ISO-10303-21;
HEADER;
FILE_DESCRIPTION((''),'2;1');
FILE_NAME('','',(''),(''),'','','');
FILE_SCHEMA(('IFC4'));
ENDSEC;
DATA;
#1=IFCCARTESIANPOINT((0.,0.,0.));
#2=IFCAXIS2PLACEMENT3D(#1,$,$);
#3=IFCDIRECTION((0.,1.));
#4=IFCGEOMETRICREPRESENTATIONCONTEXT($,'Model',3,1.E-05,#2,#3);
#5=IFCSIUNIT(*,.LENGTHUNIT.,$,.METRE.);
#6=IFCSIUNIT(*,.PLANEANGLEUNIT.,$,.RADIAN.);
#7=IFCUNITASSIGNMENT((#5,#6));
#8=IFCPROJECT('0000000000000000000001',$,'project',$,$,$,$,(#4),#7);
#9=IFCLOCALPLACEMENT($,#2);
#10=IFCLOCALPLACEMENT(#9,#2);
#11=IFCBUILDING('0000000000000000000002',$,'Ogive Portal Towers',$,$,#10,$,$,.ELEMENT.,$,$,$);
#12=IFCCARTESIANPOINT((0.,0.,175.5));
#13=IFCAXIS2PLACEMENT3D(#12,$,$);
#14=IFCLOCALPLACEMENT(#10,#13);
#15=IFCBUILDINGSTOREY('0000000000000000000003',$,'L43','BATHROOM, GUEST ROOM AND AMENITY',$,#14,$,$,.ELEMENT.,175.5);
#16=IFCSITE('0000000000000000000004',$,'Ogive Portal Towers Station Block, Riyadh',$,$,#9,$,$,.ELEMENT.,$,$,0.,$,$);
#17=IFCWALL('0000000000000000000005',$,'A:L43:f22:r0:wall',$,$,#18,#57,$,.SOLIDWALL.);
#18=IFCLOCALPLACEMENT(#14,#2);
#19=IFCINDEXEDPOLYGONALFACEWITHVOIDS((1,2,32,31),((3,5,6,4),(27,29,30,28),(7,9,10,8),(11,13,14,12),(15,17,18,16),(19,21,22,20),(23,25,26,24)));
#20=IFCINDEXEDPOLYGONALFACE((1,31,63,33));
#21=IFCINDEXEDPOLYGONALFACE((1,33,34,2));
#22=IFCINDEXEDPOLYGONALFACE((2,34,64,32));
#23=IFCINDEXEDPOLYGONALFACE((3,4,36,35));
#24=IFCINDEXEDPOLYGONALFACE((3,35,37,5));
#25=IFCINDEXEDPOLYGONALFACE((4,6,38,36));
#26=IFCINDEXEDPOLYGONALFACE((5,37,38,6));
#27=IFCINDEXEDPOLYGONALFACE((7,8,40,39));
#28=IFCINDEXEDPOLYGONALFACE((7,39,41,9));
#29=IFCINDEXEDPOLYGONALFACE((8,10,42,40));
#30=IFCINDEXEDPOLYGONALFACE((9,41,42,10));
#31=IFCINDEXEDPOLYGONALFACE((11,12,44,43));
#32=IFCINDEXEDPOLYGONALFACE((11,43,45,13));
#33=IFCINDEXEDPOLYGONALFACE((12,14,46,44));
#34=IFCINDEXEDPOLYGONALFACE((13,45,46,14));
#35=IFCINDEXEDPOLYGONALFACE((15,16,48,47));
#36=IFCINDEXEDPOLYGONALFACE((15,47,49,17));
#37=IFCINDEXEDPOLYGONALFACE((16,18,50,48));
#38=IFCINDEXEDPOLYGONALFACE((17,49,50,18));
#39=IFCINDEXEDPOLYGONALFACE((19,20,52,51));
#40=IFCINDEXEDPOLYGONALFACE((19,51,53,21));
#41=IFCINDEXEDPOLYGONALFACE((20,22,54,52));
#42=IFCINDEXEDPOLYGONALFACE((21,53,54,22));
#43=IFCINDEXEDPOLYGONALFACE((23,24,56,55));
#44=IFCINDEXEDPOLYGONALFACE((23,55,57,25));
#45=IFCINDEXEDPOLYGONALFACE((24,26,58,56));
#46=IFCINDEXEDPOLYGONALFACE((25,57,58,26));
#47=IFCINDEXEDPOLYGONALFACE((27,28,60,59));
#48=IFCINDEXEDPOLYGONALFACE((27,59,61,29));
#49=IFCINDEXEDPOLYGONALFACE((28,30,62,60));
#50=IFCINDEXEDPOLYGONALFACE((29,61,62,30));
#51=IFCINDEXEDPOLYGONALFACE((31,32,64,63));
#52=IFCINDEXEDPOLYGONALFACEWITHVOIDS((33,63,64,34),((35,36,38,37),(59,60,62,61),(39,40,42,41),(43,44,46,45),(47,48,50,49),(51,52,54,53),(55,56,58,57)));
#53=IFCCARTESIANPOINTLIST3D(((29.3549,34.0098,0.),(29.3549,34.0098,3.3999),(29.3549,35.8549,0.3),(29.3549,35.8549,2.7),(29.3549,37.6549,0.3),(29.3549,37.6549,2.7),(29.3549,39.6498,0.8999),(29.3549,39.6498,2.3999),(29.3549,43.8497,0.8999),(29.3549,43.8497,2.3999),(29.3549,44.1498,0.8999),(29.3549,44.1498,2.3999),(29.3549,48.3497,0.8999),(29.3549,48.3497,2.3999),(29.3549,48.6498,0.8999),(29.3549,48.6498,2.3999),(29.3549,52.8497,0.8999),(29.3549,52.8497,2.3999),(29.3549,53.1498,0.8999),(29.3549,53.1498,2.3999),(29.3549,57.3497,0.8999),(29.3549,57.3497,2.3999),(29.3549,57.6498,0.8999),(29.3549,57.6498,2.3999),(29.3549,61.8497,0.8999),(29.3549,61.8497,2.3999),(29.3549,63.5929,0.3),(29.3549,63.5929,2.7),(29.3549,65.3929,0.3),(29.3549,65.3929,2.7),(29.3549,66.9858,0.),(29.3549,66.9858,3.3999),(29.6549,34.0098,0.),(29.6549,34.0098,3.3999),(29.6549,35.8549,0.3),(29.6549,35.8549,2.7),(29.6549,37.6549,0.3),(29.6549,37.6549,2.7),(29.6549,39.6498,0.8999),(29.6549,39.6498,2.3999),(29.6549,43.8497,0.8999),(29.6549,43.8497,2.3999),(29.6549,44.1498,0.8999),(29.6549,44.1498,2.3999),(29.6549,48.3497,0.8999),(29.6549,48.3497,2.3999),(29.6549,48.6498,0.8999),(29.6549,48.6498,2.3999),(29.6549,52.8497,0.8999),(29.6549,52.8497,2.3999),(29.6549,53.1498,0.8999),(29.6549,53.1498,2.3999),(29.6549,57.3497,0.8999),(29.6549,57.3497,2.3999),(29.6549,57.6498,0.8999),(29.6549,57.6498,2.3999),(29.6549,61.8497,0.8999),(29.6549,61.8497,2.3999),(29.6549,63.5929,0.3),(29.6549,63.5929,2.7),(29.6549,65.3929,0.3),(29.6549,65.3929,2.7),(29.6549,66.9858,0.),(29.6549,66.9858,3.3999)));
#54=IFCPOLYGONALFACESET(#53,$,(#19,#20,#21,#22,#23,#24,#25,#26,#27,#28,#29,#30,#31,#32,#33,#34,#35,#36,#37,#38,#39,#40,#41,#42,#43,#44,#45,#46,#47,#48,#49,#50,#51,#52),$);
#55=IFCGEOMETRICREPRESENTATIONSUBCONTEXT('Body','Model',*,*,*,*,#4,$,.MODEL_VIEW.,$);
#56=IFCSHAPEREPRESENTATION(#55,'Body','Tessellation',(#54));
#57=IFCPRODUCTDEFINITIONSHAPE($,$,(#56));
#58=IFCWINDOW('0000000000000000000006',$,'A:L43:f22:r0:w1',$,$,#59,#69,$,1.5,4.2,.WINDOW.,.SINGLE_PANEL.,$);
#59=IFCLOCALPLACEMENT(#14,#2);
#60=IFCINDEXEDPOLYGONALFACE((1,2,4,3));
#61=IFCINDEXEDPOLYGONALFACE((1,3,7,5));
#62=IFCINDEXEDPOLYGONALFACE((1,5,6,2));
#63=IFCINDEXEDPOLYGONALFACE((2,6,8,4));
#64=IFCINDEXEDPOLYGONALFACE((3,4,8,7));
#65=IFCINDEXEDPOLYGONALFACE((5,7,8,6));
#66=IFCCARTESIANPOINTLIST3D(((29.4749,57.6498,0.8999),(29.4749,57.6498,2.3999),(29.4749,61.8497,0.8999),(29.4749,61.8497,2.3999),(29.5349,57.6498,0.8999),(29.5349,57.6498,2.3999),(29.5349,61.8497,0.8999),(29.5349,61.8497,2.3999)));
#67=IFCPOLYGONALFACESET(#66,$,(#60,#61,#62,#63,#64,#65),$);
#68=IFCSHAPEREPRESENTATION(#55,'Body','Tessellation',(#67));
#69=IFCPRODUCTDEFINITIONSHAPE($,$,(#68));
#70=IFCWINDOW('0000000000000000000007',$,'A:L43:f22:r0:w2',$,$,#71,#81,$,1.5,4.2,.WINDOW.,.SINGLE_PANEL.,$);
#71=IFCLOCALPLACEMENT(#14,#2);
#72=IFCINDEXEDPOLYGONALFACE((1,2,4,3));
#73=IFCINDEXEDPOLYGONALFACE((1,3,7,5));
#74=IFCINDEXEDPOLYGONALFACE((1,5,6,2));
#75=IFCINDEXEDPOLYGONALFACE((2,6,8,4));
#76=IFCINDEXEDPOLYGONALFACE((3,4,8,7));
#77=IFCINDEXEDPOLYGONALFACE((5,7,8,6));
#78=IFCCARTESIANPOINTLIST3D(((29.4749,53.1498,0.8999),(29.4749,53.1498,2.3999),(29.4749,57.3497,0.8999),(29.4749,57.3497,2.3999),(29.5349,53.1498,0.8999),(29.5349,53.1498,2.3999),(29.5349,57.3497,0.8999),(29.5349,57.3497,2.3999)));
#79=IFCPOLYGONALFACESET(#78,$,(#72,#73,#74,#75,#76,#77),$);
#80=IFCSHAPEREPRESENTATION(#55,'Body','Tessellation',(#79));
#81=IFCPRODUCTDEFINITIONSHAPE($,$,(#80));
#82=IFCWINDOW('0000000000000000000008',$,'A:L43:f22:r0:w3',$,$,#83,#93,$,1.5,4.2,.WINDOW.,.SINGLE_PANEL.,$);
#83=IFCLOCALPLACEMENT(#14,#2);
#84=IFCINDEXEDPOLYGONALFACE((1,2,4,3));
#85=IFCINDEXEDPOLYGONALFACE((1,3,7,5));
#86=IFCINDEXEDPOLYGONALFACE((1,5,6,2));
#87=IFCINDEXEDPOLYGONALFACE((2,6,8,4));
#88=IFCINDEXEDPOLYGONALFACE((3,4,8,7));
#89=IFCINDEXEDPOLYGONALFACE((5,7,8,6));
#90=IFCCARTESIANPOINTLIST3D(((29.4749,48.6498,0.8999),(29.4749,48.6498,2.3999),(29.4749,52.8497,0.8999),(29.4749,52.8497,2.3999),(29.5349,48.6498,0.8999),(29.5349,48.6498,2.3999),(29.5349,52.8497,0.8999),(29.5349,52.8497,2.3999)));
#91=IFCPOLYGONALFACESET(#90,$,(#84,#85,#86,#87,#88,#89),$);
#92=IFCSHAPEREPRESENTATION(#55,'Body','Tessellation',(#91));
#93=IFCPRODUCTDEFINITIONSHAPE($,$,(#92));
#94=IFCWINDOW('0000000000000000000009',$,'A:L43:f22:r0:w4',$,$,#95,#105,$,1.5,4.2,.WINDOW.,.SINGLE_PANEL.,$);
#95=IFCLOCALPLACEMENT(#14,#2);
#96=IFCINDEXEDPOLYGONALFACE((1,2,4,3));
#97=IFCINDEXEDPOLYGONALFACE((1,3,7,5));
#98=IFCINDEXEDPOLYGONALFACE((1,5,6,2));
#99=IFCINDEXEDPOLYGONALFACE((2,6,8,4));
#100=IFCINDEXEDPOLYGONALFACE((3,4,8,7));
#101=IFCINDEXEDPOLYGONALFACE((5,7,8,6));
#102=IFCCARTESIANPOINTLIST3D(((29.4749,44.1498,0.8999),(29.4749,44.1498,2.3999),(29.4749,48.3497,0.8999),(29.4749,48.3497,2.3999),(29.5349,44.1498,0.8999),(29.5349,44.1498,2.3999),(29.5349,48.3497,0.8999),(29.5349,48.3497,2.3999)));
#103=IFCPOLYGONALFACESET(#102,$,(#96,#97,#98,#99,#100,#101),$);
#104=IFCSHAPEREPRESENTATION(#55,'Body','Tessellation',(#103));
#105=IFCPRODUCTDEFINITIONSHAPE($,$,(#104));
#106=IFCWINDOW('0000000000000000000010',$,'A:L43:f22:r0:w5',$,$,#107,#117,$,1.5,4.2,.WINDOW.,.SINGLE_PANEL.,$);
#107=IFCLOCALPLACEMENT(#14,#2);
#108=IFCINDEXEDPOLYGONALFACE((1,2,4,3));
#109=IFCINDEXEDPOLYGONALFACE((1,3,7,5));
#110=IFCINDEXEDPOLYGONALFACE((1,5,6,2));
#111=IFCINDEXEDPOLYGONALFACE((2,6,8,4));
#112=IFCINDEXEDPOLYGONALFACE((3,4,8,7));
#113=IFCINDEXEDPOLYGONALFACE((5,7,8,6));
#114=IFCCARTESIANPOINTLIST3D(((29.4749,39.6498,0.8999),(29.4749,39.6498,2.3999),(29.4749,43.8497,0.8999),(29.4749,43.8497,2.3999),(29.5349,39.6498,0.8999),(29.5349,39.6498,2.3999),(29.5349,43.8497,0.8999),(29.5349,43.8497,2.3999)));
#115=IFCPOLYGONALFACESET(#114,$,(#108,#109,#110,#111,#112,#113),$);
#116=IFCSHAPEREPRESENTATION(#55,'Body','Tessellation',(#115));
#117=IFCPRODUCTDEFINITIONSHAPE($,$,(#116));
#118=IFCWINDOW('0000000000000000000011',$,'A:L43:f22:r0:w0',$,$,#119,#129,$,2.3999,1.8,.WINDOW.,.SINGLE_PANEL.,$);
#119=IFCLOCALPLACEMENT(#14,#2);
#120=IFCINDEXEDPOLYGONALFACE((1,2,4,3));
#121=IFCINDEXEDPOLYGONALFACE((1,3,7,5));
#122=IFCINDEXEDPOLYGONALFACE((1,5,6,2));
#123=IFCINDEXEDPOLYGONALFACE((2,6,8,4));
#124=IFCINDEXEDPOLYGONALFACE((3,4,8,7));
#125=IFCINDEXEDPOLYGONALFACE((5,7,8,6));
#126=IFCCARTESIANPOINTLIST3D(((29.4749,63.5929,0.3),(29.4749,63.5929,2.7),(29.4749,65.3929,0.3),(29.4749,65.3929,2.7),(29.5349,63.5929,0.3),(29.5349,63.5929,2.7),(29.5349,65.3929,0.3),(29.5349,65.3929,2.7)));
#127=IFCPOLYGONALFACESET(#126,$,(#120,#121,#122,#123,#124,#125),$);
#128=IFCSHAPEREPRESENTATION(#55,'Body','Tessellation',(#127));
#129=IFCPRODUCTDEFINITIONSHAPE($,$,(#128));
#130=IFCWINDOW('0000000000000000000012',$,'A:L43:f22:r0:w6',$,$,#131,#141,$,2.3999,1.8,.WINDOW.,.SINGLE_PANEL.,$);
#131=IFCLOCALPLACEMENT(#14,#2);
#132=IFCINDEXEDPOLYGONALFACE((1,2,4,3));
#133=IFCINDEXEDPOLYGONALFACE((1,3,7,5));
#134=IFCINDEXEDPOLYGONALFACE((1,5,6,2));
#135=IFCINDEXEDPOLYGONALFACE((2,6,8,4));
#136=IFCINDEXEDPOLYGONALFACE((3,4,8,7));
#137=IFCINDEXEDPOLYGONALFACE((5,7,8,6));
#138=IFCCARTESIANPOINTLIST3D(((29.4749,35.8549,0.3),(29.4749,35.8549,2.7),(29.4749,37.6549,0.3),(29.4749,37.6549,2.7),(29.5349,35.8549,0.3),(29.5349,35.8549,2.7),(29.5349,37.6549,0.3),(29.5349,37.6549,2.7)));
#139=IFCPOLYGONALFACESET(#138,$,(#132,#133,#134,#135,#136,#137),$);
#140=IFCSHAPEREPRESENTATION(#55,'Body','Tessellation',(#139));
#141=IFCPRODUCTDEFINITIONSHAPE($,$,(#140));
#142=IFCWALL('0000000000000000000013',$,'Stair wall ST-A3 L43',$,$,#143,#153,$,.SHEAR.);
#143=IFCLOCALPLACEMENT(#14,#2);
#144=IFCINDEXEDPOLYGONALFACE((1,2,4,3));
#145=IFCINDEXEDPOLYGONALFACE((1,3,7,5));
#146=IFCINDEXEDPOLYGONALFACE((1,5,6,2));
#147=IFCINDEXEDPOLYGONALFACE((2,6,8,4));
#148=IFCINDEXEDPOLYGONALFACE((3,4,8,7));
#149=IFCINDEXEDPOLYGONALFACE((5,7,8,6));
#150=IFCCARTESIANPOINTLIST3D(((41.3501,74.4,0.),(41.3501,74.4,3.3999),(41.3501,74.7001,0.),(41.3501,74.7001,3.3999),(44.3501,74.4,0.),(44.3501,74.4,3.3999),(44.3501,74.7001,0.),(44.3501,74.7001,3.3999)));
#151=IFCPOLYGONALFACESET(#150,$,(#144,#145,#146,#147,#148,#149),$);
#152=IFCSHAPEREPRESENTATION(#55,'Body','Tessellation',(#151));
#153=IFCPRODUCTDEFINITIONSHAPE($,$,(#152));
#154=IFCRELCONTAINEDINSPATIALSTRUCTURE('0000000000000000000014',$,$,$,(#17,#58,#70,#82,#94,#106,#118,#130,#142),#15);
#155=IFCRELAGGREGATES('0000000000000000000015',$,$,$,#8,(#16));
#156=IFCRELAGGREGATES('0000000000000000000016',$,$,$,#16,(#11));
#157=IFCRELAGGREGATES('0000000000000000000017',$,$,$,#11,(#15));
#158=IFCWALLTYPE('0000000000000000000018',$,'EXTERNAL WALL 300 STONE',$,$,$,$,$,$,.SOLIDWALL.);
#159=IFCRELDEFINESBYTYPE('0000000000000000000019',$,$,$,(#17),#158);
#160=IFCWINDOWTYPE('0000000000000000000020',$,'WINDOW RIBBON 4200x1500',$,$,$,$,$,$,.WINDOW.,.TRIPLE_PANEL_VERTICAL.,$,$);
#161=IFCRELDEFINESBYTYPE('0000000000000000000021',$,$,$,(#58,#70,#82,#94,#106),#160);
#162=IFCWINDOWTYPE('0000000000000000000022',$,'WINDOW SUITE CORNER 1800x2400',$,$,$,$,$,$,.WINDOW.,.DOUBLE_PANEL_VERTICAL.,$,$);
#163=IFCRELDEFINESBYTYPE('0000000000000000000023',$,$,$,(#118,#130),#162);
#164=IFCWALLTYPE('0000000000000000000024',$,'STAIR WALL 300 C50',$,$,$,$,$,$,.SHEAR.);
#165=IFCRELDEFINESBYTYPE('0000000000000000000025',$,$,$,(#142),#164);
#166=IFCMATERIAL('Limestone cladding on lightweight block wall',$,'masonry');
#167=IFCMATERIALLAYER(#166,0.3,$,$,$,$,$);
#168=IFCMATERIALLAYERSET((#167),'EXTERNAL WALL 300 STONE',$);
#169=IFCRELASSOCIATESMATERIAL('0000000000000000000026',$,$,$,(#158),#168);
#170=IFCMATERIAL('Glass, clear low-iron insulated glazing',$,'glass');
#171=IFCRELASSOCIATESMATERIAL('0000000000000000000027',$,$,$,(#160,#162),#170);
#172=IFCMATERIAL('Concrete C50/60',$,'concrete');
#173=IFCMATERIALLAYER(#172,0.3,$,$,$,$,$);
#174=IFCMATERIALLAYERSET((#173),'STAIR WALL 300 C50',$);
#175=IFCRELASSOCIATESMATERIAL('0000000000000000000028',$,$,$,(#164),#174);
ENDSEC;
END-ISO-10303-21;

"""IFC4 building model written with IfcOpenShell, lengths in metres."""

from ifc_helpers import new_model, si_unit, direction, frame, frame_2d, origin, place, context, subcontext, project, spatial, rectangle, extrude, material, layer, layer_set, type_object, element, fill, save


model = new_model("IFC4")

# Units and contexts
model_context = context("Model", 3, precision=1e-05, world=origin(), true_north=direction((0.0, 1.0)))
body_context = subcontext(model_context, "Body", "Model", "MODEL_VIEW")
ifc_project = project(units=[si_unit("LENGTHUNIT", "METRE"), si_unit("PLANEANGLEUNIT", "RADIAN")], contexts=[model_context])

# Site, building, storey
site_placement = place(None, origin())
site = spatial("IfcSite", under=ifc_project, at=site_placement, Name="Ogive Portal Towers Station Block, Riyadh", CompositionType="ELEMENT", RefElevation=0.0)
building_placement = place(site_placement, origin())
building = spatial("IfcBuilding", under=site, at=building_placement, Name="Ogive Portal Towers", CompositionType="ELEMENT")
storey_placement = place(building_placement, frame((0.0, 0.0, 175.5)))
storey = spatial("IfcBuildingStorey", under=building, at=storey_placement, Name="L43", Description="BATHROOM, GUEST ROOM AND AMENITY", CompositionType="ELEMENT", Elevation=175.5)

# Shared definitions
ifc_material_1 = material(Name="Glass, clear low-iron insulated glazing", Category="glass")

# Wall, openings, windows
ifc_material_2 = material(Name="Limestone cladding on lightweight block wall", Category="masonry")
ifc_layer_1 = layer(ifc_material_2, 0.3)
ifc_layer_set_1 = layer_set([ifc_layer_1], Name="EXTERNAL WALL 300 STONE")
wall_type_1 = type_object("IfcWallType", Name="EXTERNAL WALL 300 STONE", PredefinedType="SOLIDWALL", material=ifc_layer_set_1)
wall_1_placement = place(storey_placement, frame((29.5049, 66.9858, 0.0), z_axis=(0.0, 0.0, 1.0), x_axis=(0.0, -1.0, 0.0)))
wall_1 = element("IfcWall", 1, at=wall_1_placement, inside=storey, type_object=wall_type_1, Name="A:L43:f22:r0:wall", PredefinedType="SOLIDWALL", context=body_context, shape_type="SweptSolid", body=[
    extrude(rectangle(XDim=32.9761, YDim=0.3, at=frame_2d((16.488, 0.0))), origin(), (0.0, 0.0, 1.0), 3.3999),
])
opening_1_placement = place(wall_1_placement, frame((1.593, 0.0, 0.3)))
opening_1 = element("IfcOpeningElement", 2, at=opening_1_placement, cuts=wall_1, PredefinedType="OPENING", context=body_context, shape_type="SweptSolid", body=[
    extrude(rectangle(XDim=1.8, YDim=2.3999, at=frame_2d((0.8999, 1.2))), frame((0.0, 0.1602, 0.0), z_axis=(0.0, -1.0, 0.0), x_axis=(1.0, 0.0, 0.0)), (0.0, 0.0, 1.0), 0.3201),
])
opening_2_placement = place(wall_1_placement, frame((5.136, 0.0, 0.8999)))
opening_2 = element("IfcOpeningElement", 3, at=opening_2_placement, cuts=wall_1, PredefinedType="OPENING", context=body_context, shape_type="SweptSolid", body=[
    extrude(rectangle(XDim=4.2, YDim=1.5, at=frame_2d((2.1001, 0.75))), frame((0.0, 0.1602, 0.0), z_axis=(0.0, -1.0, 0.0), x_axis=(1.0, 0.0, 0.0)), (0.0, 0.0, 1.0), 0.3201),
])
opening_3_placement = place(wall_1_placement, frame((9.636, 0.0, 0.8999)))
opening_3 = element("IfcOpeningElement", 4, at=opening_3_placement, cuts=wall_1, PredefinedType="OPENING", context=body_context, shape_type="SweptSolid", body=[
    extrude(rectangle(XDim=4.2, YDim=1.5, at=frame_2d((2.1001, 0.75))), frame((0.0, 0.1602, 0.0), z_axis=(0.0, -1.0, 0.0), x_axis=(1.0, 0.0, 0.0)), (0.0, 0.0, 1.0), 0.3201),
])
opening_4_placement = place(wall_1_placement, frame((14.136, 0.0, 0.8999)))
opening_4 = element("IfcOpeningElement", 5, at=opening_4_placement, cuts=wall_1, PredefinedType="OPENING", context=body_context, shape_type="SweptSolid", body=[
    extrude(rectangle(XDim=4.2, YDim=1.5, at=frame_2d((2.1001, 0.75))), frame((0.0, 0.1602, 0.0), z_axis=(0.0, -1.0, 0.0), x_axis=(1.0, 0.0, 0.0)), (0.0, 0.0, 1.0), 0.3201),
])
opening_5_placement = place(wall_1_placement, frame((18.636, 0.0, 0.8999)))
opening_5 = element("IfcOpeningElement", 6, at=opening_5_placement, cuts=wall_1, PredefinedType="OPENING", context=body_context, shape_type="SweptSolid", body=[
    extrude(rectangle(XDim=4.2, YDim=1.5, at=frame_2d((2.1001, 0.75))), frame((0.0, 0.1602, 0.0), z_axis=(0.0, -1.0, 0.0), x_axis=(1.0, 0.0, 0.0)), (0.0, 0.0, 1.0), 0.3201),
])
opening_6_placement = place(wall_1_placement, frame((23.136, 0.0, 0.8999)))
opening_6 = element("IfcOpeningElement", 7, at=opening_6_placement, cuts=wall_1, PredefinedType="OPENING", context=body_context, shape_type="SweptSolid", body=[
    extrude(rectangle(XDim=4.2, YDim=1.5, at=frame_2d((2.1001, 0.75))), frame((0.0, 0.1602, 0.0), z_axis=(0.0, -1.0, 0.0), x_axis=(1.0, 0.0, 0.0)), (0.0, 0.0, 1.0), 0.3201),
])
opening_7_placement = place(wall_1_placement, frame((29.3311, 0.0, 0.3)))
opening_7 = element("IfcOpeningElement", 8, at=opening_7_placement, cuts=wall_1, PredefinedType="OPENING", context=body_context, shape_type="SweptSolid", body=[
    extrude(rectangle(XDim=1.8, YDim=2.3999, at=frame_2d((0.8999, 1.2))), frame((0.0, 0.1602, 0.0), z_axis=(0.0, -1.0, 0.0), x_axis=(1.0, 0.0, 0.0)), (0.0, 0.0, 1.0), 0.3201),
])
window_type_1 = type_object("IfcWindowType", Name="WINDOW RIBBON 4200x1500", PartitioningType="TRIPLE_PANEL_VERTICAL", PredefinedType="WINDOW", material=ifc_material_1)
window_1_placement = place(opening_2_placement, origin())
window_1 = element("IfcWindow", 9, at=window_1_placement, inside=storey, type_object=window_type_1, Name="A:L43:f22:r0:w1", OverallHeight=1.5, OverallWidth=4.2, PartitioningType="SINGLE_PANEL", PredefinedType="WINDOW", context=body_context, shape_type="SweptSolid", body=[
    extrude(rectangle(XDim=4.2, YDim=1.5, at=frame_2d((2.1001, 0.75))), frame((0.0, 0.03, 0.0), z_axis=(0.0, -1.0, 0.0), x_axis=(1.0, 0.0, 0.0)), (0.0, 0.0, 1.0), 0.0601),
])
fill(opening_2, window_1)
window_2_placement = place(opening_3_placement, origin())
window_2 = element("IfcWindow", 10, at=window_2_placement, inside=storey, type_object=window_type_1, Name="A:L43:f22:r0:w2", OverallHeight=1.5, OverallWidth=4.2, PartitioningType="SINGLE_PANEL", PredefinedType="WINDOW", context=body_context, shape_type="SweptSolid", body=[
    extrude(rectangle(XDim=4.2, YDim=1.5, at=frame_2d((2.1001, 0.75))), frame((0.0, 0.03, 0.0), z_axis=(0.0, -1.0, 0.0), x_axis=(1.0, 0.0, 0.0)), (0.0, 0.0, 1.0), 0.0601),
])
fill(opening_3, window_2)
window_3_placement = place(opening_4_placement, origin())
window_3 = element("IfcWindow", 11, at=window_3_placement, inside=storey, type_object=window_type_1, Name="A:L43:f22:r0:w3", OverallHeight=1.5, OverallWidth=4.2, PartitioningType="SINGLE_PANEL", PredefinedType="WINDOW", context=body_context, shape_type="SweptSolid", body=[
    extrude(rectangle(XDim=4.2, YDim=1.5, at=frame_2d((2.1001, 0.75))), frame((0.0, 0.03, 0.0), z_axis=(0.0, -1.0, 0.0), x_axis=(1.0, 0.0, 0.0)), (0.0, 0.0, 1.0), 0.0601),
])
fill(opening_4, window_3)
window_4_placement = place(opening_5_placement, origin())
window_4 = element("IfcWindow", 12, at=window_4_placement, inside=storey, type_object=window_type_1, Name="A:L43:f22:r0:w4", OverallHeight=1.5, OverallWidth=4.2, PartitioningType="SINGLE_PANEL", PredefinedType="WINDOW", context=body_context, shape_type="SweptSolid", body=[
    extrude(rectangle(XDim=4.2, YDim=1.5, at=frame_2d((2.1001, 0.75))), frame((0.0, 0.03, 0.0), z_axis=(0.0, -1.0, 0.0), x_axis=(1.0, 0.0, 0.0)), (0.0, 0.0, 1.0), 0.0601),
])
fill(opening_5, window_4)
window_5_placement = place(opening_6_placement, origin())
window_5 = element("IfcWindow", 13, at=window_5_placement, inside=storey, type_object=window_type_1, Name="A:L43:f22:r0:w5", OverallHeight=1.5, OverallWidth=4.2, PartitioningType="SINGLE_PANEL", PredefinedType="WINDOW", context=body_context, shape_type="SweptSolid", body=[
    extrude(rectangle(XDim=4.2, YDim=1.5, at=frame_2d((2.1001, 0.75))), frame((0.0, 0.03, 0.0), z_axis=(0.0, -1.0, 0.0), x_axis=(1.0, 0.0, 0.0)), (0.0, 0.0, 1.0), 0.0601),
])
fill(opening_6, window_5)
window_type_2 = type_object("IfcWindowType", Name="WINDOW SUITE CORNER 1800x2400", PartitioningType="DOUBLE_PANEL_VERTICAL", PredefinedType="WINDOW", material=ifc_material_1)
window_6_placement = place(opening_1_placement, origin())
window_6 = element("IfcWindow", 14, at=window_6_placement, inside=storey, type_object=window_type_2, Name="A:L43:f22:r0:w0", OverallHeight=2.3999, OverallWidth=1.8, PartitioningType="SINGLE_PANEL", PredefinedType="WINDOW", context=body_context, shape_type="SweptSolid", body=[
    extrude(rectangle(XDim=1.8, YDim=2.3999, at=frame_2d((0.8999, 1.2))), frame((0.0, 0.03, 0.0), z_axis=(0.0, -1.0, 0.0), x_axis=(1.0, 0.0, 0.0)), (0.0, 0.0, 1.0), 0.0601),
])
fill(opening_1, window_6)
window_7_placement = place(opening_7_placement, origin())
window_7 = element("IfcWindow", 15, at=window_7_placement, inside=storey, type_object=window_type_2, Name="A:L43:f22:r0:w6", OverallHeight=2.3999, OverallWidth=1.8, PartitioningType="SINGLE_PANEL", PredefinedType="WINDOW", context=body_context, shape_type="SweptSolid", body=[
    extrude(rectangle(XDim=1.8, YDim=2.3999, at=frame_2d((0.8999, 1.2))), frame((0.0, 0.03, 0.0), z_axis=(0.0, -1.0, 0.0), x_axis=(1.0, 0.0, 0.0)), (0.0, 0.0, 1.0), 0.0601),
])
fill(opening_7, window_7)

# Wall
ifc_material_3 = material(Name="Concrete C50/60", Category="concrete")
ifc_layer_2 = layer(ifc_material_3, 0.3)
ifc_layer_set_2 = layer_set([ifc_layer_2], Name="STAIR WALL 300 C50")
wall_type_2 = type_object("IfcWallType", Name="STAIR WALL 300 C50", PredefinedType="SHEAR", material=ifc_layer_set_2)
wall_2_placement = place(storey_placement, frame((41.3501, 74.55, 0.0), z_axis=(0.0, 0.0, 1.0), x_axis=(1.0, 0.0, 0.0)))
element("IfcWall", 16, at=wall_2_placement, inside=storey, type_object=wall_type_2, Name="Stair wall ST-A3 L43", PredefinedType="SHEAR", context=body_context, shape_type="SweptSolid", body=[
    extrude(rectangle(XDim=3.0, YDim=0.3, at=frame_2d((1.5, 0.0))), origin(), (0.0, 0.0, 1.0), 3.3999),
])

save(model, "model.ifc")
